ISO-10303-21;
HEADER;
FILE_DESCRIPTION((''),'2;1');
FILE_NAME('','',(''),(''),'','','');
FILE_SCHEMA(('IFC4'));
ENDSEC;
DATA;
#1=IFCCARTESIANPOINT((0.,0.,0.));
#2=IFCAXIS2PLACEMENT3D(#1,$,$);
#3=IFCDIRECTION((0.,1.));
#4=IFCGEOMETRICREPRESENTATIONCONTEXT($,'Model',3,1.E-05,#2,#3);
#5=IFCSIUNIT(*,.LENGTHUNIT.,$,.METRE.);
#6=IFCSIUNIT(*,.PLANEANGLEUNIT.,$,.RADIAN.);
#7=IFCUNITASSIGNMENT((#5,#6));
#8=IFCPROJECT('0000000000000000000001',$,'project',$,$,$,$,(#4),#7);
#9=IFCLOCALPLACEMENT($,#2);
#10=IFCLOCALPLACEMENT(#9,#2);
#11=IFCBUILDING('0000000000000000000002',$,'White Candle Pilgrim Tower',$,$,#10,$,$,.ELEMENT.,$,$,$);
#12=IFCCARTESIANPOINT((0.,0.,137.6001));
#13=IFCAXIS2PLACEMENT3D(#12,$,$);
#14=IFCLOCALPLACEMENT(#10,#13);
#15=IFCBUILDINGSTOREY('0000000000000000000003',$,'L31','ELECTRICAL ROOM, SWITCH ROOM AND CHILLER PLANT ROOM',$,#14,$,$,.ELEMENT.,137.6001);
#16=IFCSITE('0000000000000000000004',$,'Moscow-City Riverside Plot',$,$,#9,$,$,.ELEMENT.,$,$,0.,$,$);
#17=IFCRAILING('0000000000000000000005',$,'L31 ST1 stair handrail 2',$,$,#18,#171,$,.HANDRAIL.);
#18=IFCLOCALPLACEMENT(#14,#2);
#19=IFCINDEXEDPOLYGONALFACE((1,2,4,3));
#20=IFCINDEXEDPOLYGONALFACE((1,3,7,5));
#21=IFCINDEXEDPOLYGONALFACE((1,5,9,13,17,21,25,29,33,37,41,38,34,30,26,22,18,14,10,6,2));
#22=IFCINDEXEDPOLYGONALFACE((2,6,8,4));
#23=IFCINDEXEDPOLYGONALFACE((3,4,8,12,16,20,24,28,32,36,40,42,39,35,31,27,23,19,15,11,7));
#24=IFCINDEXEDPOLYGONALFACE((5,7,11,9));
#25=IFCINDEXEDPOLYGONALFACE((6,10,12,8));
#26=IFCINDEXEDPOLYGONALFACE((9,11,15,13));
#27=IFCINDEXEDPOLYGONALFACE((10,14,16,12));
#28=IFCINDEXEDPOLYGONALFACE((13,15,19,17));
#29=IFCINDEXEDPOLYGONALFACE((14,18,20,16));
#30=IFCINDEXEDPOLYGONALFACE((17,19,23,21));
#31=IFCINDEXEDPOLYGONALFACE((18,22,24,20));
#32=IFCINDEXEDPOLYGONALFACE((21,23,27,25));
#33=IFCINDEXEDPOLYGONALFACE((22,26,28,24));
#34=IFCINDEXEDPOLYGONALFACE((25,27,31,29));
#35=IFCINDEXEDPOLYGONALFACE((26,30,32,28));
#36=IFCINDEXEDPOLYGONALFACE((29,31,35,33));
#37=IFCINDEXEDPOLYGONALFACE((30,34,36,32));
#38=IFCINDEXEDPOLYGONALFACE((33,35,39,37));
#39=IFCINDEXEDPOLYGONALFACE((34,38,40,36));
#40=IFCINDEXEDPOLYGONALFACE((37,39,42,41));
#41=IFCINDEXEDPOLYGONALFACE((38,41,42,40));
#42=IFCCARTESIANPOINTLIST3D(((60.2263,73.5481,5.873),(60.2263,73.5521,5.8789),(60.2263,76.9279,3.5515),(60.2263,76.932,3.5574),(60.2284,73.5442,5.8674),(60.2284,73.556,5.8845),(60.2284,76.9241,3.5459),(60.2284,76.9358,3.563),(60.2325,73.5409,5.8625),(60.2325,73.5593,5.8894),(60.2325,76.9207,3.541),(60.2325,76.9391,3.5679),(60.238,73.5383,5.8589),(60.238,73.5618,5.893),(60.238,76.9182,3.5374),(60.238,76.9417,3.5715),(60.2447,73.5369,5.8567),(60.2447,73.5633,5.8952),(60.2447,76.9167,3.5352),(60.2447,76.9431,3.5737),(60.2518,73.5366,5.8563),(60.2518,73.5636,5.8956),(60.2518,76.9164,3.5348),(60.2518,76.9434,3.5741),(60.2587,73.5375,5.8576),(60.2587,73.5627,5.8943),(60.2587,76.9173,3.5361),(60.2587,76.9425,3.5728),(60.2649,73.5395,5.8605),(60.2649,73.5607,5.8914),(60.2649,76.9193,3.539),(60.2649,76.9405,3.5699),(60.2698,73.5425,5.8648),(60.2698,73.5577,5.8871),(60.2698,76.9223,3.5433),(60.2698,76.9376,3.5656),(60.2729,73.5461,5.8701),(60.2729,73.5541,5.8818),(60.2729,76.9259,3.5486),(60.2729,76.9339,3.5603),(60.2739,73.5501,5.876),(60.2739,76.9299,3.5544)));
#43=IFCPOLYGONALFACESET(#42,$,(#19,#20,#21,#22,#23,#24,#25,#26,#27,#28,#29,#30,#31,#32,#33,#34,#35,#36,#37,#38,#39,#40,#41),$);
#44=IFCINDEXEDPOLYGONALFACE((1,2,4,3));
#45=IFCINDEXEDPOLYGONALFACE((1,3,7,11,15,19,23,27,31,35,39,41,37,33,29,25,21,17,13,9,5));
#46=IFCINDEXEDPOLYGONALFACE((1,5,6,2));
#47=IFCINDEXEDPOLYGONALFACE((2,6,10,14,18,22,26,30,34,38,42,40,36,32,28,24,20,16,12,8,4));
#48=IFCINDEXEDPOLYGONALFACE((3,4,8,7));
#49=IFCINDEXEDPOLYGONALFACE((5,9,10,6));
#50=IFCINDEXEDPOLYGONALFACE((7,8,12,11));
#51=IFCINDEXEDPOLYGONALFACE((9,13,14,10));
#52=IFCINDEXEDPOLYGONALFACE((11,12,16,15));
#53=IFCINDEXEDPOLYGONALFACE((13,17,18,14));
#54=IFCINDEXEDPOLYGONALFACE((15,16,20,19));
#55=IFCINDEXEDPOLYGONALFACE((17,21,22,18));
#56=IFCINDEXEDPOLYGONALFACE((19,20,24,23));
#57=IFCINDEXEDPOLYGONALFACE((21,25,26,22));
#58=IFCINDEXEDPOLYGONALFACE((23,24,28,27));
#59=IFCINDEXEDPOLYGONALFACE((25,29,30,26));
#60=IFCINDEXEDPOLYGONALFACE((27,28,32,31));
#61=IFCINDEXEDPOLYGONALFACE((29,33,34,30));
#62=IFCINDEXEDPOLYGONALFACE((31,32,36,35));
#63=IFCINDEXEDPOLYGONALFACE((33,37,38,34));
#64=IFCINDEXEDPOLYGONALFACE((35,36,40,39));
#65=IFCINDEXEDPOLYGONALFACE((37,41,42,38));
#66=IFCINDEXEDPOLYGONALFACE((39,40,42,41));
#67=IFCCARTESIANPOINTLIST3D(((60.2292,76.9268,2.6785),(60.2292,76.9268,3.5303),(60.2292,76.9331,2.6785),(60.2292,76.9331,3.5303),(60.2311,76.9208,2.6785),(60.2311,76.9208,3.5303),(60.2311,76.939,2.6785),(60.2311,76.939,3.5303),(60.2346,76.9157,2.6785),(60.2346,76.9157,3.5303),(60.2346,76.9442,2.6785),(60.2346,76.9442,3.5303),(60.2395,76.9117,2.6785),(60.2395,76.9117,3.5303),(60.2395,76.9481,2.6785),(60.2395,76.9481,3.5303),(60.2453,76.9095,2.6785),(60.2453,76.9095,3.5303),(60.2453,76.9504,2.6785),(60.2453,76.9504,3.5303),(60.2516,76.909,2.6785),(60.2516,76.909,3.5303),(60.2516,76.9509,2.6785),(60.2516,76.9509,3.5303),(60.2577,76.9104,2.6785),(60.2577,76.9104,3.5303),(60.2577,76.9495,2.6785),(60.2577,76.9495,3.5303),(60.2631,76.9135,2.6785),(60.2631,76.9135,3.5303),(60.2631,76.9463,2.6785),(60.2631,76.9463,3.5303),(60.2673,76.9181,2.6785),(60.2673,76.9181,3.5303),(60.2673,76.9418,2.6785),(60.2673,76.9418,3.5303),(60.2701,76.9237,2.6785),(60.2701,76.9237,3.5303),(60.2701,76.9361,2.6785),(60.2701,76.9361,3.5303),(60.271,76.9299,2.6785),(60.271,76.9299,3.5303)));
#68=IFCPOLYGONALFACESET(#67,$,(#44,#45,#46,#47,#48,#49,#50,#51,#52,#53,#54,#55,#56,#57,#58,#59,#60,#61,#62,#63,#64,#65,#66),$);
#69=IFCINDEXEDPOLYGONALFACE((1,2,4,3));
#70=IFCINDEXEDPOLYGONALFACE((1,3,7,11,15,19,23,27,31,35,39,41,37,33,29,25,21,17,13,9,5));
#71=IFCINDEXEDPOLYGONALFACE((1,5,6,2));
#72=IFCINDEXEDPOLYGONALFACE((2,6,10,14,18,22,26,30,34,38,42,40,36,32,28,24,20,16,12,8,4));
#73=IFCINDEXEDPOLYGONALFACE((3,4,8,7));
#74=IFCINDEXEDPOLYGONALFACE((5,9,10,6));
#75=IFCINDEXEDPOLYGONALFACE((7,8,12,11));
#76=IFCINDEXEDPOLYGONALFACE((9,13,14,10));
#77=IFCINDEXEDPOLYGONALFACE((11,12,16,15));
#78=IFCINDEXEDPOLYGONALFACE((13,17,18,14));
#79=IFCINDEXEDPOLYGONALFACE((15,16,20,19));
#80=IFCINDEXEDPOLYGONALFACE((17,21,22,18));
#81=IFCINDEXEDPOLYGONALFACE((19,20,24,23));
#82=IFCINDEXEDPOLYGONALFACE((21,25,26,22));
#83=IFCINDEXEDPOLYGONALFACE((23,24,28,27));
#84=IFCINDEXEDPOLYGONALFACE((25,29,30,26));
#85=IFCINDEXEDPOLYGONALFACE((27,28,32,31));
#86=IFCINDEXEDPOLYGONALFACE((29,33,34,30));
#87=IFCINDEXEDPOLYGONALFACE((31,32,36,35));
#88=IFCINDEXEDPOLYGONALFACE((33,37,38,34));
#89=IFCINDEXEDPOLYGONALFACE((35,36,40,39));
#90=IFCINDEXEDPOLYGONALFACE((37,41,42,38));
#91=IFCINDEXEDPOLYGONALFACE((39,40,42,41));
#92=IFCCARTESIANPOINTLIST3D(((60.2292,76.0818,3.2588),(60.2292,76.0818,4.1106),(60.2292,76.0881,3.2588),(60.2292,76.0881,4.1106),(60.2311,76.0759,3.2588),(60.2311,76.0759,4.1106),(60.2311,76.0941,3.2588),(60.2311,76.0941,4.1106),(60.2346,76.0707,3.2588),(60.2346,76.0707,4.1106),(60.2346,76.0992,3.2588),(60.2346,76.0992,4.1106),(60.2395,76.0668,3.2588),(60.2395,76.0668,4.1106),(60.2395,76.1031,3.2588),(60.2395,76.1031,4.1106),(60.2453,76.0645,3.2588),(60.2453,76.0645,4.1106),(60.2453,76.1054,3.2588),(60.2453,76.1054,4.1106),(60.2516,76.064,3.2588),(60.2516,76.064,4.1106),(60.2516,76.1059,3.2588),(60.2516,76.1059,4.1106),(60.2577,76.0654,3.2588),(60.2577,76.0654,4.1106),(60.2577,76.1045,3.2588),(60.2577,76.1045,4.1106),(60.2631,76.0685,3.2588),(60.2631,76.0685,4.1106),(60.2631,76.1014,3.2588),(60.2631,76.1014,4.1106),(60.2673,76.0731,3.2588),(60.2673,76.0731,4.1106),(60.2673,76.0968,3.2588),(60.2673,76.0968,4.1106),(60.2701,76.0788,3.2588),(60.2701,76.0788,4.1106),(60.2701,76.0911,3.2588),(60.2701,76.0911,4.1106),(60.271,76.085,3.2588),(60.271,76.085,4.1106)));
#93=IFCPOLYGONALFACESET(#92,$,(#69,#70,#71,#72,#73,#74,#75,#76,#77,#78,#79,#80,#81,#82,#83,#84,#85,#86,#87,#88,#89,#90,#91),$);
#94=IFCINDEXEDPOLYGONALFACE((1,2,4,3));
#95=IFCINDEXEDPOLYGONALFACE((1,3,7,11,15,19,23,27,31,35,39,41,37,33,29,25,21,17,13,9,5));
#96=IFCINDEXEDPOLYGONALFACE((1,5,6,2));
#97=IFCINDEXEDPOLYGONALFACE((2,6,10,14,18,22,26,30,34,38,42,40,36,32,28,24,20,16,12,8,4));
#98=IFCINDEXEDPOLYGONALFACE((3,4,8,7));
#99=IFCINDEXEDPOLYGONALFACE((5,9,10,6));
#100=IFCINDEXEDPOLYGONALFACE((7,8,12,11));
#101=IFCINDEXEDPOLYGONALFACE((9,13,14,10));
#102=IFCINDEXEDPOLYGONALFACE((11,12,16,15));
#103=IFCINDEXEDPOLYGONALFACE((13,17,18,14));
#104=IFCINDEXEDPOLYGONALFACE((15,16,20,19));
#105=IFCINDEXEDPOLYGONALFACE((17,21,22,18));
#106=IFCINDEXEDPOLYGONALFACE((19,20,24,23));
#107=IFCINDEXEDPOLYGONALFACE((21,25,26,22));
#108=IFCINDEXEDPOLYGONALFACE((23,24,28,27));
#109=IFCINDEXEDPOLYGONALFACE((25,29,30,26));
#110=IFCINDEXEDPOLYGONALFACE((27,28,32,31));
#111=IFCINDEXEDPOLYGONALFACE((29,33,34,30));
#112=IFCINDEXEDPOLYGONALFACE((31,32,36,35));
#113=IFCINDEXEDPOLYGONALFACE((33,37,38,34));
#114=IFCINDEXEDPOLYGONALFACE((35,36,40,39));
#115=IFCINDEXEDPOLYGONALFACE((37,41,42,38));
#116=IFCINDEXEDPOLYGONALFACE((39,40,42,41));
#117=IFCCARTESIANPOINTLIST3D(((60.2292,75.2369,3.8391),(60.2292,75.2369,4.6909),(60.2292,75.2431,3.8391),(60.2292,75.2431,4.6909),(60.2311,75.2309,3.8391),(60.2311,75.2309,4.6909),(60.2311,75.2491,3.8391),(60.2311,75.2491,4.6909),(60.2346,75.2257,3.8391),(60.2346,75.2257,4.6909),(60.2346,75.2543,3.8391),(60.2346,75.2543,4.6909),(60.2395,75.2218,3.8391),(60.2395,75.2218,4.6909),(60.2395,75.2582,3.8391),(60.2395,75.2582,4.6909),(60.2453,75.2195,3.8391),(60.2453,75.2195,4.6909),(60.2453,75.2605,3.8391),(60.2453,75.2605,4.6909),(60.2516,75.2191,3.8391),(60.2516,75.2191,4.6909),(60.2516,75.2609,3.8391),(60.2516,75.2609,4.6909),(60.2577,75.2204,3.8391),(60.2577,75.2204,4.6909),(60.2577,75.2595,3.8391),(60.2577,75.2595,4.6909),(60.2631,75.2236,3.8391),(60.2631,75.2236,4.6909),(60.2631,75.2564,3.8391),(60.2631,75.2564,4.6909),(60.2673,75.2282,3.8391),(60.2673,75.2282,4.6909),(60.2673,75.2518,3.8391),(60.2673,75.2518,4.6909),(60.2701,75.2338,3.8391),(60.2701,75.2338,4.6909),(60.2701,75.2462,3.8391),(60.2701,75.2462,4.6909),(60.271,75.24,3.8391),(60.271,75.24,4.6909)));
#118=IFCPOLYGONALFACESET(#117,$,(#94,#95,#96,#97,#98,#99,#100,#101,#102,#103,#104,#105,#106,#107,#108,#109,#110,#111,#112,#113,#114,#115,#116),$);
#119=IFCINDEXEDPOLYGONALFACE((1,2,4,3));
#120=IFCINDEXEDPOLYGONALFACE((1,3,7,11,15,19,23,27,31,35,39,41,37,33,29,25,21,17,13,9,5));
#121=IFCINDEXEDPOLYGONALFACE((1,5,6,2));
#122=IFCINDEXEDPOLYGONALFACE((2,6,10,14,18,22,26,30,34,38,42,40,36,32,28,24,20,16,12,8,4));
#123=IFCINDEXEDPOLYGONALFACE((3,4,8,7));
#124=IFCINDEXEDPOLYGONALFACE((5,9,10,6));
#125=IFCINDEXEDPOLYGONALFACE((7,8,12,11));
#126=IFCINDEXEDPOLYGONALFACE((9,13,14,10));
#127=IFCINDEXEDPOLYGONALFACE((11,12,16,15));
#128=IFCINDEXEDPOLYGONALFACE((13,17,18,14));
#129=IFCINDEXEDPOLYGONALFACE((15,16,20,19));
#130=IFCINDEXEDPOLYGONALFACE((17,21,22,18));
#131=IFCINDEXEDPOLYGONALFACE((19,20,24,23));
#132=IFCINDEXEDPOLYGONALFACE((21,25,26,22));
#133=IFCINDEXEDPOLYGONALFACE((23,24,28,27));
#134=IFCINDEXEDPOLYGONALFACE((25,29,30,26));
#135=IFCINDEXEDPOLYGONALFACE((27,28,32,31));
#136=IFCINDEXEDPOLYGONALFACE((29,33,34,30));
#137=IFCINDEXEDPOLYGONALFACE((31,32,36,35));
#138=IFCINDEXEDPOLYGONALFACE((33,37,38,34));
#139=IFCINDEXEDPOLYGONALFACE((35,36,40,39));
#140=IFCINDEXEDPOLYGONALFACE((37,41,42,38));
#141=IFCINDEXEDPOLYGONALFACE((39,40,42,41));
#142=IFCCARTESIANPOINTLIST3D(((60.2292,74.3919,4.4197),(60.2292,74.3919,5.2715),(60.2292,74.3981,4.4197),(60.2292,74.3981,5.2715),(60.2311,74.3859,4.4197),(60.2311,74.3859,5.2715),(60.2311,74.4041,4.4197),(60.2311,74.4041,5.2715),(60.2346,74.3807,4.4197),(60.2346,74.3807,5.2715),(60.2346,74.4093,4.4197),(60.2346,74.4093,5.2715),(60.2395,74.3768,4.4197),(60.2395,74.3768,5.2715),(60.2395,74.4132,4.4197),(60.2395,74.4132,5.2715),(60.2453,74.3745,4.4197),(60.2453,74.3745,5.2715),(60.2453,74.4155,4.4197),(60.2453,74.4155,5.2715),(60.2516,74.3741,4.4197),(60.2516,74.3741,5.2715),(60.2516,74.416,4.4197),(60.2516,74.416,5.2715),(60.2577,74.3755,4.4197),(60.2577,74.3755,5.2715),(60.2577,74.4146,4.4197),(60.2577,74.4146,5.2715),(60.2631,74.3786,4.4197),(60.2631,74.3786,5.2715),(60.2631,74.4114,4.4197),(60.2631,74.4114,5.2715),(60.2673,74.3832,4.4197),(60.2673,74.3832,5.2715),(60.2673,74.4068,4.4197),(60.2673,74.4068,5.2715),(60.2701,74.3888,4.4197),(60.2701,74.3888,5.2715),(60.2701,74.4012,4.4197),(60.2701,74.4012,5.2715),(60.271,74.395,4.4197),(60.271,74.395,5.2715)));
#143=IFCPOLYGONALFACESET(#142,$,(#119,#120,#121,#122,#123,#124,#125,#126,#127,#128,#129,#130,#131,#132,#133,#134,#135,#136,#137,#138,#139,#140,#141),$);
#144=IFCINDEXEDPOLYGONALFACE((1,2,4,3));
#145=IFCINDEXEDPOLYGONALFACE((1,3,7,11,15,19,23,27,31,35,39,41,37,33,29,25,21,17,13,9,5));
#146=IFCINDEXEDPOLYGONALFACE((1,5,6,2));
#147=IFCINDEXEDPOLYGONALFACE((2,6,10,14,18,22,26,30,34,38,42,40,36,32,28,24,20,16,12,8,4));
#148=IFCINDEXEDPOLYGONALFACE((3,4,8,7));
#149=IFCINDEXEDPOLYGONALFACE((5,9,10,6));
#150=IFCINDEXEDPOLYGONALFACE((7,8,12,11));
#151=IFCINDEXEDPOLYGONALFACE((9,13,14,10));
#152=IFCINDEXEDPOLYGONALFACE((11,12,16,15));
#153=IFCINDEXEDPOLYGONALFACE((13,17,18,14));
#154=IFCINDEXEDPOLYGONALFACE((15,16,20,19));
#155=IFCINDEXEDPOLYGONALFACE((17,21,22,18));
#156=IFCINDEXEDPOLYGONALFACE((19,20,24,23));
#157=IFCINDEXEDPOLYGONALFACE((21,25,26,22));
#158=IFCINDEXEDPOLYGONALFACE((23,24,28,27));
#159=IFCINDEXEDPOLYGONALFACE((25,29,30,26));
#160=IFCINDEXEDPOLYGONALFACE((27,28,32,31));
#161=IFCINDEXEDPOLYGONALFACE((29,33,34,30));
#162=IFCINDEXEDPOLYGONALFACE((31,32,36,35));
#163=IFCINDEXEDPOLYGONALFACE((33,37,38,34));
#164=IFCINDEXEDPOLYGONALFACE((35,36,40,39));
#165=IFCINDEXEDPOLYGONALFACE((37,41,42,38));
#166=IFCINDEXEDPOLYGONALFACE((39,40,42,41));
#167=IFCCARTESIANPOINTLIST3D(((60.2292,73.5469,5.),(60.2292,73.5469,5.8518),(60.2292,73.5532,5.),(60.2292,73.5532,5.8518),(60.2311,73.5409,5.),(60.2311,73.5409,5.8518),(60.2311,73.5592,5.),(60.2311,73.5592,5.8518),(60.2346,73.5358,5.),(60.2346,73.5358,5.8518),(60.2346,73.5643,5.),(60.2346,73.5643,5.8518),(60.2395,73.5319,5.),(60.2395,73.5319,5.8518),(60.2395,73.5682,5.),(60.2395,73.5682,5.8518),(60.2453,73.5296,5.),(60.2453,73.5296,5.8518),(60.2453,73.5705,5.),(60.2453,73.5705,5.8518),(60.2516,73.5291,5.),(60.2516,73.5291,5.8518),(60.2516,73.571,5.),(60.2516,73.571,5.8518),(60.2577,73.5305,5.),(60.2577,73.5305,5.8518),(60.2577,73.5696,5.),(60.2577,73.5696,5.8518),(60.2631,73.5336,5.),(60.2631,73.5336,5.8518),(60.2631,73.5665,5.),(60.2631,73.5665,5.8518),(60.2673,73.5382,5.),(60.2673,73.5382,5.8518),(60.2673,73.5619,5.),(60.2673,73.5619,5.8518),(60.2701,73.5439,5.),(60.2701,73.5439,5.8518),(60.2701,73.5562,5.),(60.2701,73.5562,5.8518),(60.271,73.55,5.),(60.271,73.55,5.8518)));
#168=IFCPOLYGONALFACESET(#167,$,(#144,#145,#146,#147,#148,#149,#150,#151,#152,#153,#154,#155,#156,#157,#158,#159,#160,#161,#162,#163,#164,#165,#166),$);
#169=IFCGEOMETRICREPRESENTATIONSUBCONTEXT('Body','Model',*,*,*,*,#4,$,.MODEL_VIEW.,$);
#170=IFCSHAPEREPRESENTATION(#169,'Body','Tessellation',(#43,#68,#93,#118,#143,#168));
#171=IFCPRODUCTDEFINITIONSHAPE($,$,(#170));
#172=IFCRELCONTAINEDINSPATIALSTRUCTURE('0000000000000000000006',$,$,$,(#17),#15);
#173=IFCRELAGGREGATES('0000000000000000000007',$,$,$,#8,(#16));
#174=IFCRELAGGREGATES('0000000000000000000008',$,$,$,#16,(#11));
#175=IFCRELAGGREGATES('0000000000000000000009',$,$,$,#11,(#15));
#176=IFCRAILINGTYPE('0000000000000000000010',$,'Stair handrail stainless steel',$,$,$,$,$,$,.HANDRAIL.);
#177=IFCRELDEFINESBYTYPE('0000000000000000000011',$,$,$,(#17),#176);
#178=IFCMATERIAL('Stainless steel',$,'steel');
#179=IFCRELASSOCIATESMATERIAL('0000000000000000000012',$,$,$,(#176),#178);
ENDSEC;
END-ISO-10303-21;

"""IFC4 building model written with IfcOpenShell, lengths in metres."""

from ifc_helpers import new_model, si_unit, direction, frame, origin, origin_2d, place, context, subcontext, project, spatial, circle, extrude, material, type_object, element, save


model = new_model("IFC4")

# Units and contexts
model_context = context("Model", 3, precision=1e-05, world=origin(), true_north=direction((0.0, 1.0)))
body_context = subcontext(model_context, "Body", "Model", "MODEL_VIEW")
ifc_project = project(units=[si_unit("LENGTHUNIT", "METRE"), si_unit("PLANEANGLEUNIT", "RADIAN")], contexts=[model_context])

# Site, building, storey
site_placement = place(None, origin())
site = spatial("IfcSite", under=ifc_project, at=site_placement, Name="Moscow-City Riverside Plot", CompositionType="ELEMENT", RefElevation=0.0)
building_placement = place(site_placement, origin())
building = spatial("IfcBuilding", under=site, at=building_placement, Name="White Candle Pilgrim Tower", CompositionType="ELEMENT")
storey_placement = place(building_placement, frame((0.0, 0.0, 137.6001)))
storey = spatial("IfcBuildingStorey", under=building, at=storey_placement, Name="L31", Description="ELECTRICAL ROOM, SWITCH ROOM AND CHILLER PLANT ROOM", CompositionType="ELEMENT", Elevation=137.6001)

# Shared definitions
ifc_material_1 = material(Name="Stainless steel", Category="steel")

# Railing
railing_type_1 = type_object("IfcRailingType", Name="Stair handrail stainless steel", PredefinedType="HANDRAIL", material=ifc_material_1)
railing_1_placement = place(storey_placement, frame((60.25, 76.9299, 2.6785)))
element("IfcRailing", 1, at=railing_1_placement, inside=storey, type_object=railing_type_1, Name="L31 ST1 stair handrail 2", PredefinedType="HANDRAIL", context=body_context, shape_type="SweptSolid", body=[
    extrude(circle(Radius=0.0239, at=origin_2d()), frame((0.0, 0.0, 0.876), z_axis=(0.0, -0.824285, 0.566175), x_axis=(1.0, 0.0, 0.0)), (0.0, 0.0, 1.0), 4.1003),
    extrude(circle(Radius=0.021, at=origin_2d()), origin(), (0.0, 0.0, 1.0), 0.8518),
    extrude(circle(Radius=0.021, at=origin_2d()), frame((0.0, -0.845, 0.5803)), (0.0, 0.0, 1.0), 0.8518),
    extrude(circle(Radius=0.021, at=origin_2d()), frame((0.0, -1.6899, 1.1606)), (0.0, 0.0, 1.0), 0.8518),
    extrude(circle(Radius=0.021, at=origin_2d()), frame((0.0, -2.5349, 1.7412)), (0.0, 0.0, 1.0), 0.8518),
    extrude(circle(Radius=0.021, at=origin_2d()), frame((0.0, -3.3799, 2.3215)), (0.0, 0.0, 1.0), 0.8518),
])

save(model, "model.ifc")
